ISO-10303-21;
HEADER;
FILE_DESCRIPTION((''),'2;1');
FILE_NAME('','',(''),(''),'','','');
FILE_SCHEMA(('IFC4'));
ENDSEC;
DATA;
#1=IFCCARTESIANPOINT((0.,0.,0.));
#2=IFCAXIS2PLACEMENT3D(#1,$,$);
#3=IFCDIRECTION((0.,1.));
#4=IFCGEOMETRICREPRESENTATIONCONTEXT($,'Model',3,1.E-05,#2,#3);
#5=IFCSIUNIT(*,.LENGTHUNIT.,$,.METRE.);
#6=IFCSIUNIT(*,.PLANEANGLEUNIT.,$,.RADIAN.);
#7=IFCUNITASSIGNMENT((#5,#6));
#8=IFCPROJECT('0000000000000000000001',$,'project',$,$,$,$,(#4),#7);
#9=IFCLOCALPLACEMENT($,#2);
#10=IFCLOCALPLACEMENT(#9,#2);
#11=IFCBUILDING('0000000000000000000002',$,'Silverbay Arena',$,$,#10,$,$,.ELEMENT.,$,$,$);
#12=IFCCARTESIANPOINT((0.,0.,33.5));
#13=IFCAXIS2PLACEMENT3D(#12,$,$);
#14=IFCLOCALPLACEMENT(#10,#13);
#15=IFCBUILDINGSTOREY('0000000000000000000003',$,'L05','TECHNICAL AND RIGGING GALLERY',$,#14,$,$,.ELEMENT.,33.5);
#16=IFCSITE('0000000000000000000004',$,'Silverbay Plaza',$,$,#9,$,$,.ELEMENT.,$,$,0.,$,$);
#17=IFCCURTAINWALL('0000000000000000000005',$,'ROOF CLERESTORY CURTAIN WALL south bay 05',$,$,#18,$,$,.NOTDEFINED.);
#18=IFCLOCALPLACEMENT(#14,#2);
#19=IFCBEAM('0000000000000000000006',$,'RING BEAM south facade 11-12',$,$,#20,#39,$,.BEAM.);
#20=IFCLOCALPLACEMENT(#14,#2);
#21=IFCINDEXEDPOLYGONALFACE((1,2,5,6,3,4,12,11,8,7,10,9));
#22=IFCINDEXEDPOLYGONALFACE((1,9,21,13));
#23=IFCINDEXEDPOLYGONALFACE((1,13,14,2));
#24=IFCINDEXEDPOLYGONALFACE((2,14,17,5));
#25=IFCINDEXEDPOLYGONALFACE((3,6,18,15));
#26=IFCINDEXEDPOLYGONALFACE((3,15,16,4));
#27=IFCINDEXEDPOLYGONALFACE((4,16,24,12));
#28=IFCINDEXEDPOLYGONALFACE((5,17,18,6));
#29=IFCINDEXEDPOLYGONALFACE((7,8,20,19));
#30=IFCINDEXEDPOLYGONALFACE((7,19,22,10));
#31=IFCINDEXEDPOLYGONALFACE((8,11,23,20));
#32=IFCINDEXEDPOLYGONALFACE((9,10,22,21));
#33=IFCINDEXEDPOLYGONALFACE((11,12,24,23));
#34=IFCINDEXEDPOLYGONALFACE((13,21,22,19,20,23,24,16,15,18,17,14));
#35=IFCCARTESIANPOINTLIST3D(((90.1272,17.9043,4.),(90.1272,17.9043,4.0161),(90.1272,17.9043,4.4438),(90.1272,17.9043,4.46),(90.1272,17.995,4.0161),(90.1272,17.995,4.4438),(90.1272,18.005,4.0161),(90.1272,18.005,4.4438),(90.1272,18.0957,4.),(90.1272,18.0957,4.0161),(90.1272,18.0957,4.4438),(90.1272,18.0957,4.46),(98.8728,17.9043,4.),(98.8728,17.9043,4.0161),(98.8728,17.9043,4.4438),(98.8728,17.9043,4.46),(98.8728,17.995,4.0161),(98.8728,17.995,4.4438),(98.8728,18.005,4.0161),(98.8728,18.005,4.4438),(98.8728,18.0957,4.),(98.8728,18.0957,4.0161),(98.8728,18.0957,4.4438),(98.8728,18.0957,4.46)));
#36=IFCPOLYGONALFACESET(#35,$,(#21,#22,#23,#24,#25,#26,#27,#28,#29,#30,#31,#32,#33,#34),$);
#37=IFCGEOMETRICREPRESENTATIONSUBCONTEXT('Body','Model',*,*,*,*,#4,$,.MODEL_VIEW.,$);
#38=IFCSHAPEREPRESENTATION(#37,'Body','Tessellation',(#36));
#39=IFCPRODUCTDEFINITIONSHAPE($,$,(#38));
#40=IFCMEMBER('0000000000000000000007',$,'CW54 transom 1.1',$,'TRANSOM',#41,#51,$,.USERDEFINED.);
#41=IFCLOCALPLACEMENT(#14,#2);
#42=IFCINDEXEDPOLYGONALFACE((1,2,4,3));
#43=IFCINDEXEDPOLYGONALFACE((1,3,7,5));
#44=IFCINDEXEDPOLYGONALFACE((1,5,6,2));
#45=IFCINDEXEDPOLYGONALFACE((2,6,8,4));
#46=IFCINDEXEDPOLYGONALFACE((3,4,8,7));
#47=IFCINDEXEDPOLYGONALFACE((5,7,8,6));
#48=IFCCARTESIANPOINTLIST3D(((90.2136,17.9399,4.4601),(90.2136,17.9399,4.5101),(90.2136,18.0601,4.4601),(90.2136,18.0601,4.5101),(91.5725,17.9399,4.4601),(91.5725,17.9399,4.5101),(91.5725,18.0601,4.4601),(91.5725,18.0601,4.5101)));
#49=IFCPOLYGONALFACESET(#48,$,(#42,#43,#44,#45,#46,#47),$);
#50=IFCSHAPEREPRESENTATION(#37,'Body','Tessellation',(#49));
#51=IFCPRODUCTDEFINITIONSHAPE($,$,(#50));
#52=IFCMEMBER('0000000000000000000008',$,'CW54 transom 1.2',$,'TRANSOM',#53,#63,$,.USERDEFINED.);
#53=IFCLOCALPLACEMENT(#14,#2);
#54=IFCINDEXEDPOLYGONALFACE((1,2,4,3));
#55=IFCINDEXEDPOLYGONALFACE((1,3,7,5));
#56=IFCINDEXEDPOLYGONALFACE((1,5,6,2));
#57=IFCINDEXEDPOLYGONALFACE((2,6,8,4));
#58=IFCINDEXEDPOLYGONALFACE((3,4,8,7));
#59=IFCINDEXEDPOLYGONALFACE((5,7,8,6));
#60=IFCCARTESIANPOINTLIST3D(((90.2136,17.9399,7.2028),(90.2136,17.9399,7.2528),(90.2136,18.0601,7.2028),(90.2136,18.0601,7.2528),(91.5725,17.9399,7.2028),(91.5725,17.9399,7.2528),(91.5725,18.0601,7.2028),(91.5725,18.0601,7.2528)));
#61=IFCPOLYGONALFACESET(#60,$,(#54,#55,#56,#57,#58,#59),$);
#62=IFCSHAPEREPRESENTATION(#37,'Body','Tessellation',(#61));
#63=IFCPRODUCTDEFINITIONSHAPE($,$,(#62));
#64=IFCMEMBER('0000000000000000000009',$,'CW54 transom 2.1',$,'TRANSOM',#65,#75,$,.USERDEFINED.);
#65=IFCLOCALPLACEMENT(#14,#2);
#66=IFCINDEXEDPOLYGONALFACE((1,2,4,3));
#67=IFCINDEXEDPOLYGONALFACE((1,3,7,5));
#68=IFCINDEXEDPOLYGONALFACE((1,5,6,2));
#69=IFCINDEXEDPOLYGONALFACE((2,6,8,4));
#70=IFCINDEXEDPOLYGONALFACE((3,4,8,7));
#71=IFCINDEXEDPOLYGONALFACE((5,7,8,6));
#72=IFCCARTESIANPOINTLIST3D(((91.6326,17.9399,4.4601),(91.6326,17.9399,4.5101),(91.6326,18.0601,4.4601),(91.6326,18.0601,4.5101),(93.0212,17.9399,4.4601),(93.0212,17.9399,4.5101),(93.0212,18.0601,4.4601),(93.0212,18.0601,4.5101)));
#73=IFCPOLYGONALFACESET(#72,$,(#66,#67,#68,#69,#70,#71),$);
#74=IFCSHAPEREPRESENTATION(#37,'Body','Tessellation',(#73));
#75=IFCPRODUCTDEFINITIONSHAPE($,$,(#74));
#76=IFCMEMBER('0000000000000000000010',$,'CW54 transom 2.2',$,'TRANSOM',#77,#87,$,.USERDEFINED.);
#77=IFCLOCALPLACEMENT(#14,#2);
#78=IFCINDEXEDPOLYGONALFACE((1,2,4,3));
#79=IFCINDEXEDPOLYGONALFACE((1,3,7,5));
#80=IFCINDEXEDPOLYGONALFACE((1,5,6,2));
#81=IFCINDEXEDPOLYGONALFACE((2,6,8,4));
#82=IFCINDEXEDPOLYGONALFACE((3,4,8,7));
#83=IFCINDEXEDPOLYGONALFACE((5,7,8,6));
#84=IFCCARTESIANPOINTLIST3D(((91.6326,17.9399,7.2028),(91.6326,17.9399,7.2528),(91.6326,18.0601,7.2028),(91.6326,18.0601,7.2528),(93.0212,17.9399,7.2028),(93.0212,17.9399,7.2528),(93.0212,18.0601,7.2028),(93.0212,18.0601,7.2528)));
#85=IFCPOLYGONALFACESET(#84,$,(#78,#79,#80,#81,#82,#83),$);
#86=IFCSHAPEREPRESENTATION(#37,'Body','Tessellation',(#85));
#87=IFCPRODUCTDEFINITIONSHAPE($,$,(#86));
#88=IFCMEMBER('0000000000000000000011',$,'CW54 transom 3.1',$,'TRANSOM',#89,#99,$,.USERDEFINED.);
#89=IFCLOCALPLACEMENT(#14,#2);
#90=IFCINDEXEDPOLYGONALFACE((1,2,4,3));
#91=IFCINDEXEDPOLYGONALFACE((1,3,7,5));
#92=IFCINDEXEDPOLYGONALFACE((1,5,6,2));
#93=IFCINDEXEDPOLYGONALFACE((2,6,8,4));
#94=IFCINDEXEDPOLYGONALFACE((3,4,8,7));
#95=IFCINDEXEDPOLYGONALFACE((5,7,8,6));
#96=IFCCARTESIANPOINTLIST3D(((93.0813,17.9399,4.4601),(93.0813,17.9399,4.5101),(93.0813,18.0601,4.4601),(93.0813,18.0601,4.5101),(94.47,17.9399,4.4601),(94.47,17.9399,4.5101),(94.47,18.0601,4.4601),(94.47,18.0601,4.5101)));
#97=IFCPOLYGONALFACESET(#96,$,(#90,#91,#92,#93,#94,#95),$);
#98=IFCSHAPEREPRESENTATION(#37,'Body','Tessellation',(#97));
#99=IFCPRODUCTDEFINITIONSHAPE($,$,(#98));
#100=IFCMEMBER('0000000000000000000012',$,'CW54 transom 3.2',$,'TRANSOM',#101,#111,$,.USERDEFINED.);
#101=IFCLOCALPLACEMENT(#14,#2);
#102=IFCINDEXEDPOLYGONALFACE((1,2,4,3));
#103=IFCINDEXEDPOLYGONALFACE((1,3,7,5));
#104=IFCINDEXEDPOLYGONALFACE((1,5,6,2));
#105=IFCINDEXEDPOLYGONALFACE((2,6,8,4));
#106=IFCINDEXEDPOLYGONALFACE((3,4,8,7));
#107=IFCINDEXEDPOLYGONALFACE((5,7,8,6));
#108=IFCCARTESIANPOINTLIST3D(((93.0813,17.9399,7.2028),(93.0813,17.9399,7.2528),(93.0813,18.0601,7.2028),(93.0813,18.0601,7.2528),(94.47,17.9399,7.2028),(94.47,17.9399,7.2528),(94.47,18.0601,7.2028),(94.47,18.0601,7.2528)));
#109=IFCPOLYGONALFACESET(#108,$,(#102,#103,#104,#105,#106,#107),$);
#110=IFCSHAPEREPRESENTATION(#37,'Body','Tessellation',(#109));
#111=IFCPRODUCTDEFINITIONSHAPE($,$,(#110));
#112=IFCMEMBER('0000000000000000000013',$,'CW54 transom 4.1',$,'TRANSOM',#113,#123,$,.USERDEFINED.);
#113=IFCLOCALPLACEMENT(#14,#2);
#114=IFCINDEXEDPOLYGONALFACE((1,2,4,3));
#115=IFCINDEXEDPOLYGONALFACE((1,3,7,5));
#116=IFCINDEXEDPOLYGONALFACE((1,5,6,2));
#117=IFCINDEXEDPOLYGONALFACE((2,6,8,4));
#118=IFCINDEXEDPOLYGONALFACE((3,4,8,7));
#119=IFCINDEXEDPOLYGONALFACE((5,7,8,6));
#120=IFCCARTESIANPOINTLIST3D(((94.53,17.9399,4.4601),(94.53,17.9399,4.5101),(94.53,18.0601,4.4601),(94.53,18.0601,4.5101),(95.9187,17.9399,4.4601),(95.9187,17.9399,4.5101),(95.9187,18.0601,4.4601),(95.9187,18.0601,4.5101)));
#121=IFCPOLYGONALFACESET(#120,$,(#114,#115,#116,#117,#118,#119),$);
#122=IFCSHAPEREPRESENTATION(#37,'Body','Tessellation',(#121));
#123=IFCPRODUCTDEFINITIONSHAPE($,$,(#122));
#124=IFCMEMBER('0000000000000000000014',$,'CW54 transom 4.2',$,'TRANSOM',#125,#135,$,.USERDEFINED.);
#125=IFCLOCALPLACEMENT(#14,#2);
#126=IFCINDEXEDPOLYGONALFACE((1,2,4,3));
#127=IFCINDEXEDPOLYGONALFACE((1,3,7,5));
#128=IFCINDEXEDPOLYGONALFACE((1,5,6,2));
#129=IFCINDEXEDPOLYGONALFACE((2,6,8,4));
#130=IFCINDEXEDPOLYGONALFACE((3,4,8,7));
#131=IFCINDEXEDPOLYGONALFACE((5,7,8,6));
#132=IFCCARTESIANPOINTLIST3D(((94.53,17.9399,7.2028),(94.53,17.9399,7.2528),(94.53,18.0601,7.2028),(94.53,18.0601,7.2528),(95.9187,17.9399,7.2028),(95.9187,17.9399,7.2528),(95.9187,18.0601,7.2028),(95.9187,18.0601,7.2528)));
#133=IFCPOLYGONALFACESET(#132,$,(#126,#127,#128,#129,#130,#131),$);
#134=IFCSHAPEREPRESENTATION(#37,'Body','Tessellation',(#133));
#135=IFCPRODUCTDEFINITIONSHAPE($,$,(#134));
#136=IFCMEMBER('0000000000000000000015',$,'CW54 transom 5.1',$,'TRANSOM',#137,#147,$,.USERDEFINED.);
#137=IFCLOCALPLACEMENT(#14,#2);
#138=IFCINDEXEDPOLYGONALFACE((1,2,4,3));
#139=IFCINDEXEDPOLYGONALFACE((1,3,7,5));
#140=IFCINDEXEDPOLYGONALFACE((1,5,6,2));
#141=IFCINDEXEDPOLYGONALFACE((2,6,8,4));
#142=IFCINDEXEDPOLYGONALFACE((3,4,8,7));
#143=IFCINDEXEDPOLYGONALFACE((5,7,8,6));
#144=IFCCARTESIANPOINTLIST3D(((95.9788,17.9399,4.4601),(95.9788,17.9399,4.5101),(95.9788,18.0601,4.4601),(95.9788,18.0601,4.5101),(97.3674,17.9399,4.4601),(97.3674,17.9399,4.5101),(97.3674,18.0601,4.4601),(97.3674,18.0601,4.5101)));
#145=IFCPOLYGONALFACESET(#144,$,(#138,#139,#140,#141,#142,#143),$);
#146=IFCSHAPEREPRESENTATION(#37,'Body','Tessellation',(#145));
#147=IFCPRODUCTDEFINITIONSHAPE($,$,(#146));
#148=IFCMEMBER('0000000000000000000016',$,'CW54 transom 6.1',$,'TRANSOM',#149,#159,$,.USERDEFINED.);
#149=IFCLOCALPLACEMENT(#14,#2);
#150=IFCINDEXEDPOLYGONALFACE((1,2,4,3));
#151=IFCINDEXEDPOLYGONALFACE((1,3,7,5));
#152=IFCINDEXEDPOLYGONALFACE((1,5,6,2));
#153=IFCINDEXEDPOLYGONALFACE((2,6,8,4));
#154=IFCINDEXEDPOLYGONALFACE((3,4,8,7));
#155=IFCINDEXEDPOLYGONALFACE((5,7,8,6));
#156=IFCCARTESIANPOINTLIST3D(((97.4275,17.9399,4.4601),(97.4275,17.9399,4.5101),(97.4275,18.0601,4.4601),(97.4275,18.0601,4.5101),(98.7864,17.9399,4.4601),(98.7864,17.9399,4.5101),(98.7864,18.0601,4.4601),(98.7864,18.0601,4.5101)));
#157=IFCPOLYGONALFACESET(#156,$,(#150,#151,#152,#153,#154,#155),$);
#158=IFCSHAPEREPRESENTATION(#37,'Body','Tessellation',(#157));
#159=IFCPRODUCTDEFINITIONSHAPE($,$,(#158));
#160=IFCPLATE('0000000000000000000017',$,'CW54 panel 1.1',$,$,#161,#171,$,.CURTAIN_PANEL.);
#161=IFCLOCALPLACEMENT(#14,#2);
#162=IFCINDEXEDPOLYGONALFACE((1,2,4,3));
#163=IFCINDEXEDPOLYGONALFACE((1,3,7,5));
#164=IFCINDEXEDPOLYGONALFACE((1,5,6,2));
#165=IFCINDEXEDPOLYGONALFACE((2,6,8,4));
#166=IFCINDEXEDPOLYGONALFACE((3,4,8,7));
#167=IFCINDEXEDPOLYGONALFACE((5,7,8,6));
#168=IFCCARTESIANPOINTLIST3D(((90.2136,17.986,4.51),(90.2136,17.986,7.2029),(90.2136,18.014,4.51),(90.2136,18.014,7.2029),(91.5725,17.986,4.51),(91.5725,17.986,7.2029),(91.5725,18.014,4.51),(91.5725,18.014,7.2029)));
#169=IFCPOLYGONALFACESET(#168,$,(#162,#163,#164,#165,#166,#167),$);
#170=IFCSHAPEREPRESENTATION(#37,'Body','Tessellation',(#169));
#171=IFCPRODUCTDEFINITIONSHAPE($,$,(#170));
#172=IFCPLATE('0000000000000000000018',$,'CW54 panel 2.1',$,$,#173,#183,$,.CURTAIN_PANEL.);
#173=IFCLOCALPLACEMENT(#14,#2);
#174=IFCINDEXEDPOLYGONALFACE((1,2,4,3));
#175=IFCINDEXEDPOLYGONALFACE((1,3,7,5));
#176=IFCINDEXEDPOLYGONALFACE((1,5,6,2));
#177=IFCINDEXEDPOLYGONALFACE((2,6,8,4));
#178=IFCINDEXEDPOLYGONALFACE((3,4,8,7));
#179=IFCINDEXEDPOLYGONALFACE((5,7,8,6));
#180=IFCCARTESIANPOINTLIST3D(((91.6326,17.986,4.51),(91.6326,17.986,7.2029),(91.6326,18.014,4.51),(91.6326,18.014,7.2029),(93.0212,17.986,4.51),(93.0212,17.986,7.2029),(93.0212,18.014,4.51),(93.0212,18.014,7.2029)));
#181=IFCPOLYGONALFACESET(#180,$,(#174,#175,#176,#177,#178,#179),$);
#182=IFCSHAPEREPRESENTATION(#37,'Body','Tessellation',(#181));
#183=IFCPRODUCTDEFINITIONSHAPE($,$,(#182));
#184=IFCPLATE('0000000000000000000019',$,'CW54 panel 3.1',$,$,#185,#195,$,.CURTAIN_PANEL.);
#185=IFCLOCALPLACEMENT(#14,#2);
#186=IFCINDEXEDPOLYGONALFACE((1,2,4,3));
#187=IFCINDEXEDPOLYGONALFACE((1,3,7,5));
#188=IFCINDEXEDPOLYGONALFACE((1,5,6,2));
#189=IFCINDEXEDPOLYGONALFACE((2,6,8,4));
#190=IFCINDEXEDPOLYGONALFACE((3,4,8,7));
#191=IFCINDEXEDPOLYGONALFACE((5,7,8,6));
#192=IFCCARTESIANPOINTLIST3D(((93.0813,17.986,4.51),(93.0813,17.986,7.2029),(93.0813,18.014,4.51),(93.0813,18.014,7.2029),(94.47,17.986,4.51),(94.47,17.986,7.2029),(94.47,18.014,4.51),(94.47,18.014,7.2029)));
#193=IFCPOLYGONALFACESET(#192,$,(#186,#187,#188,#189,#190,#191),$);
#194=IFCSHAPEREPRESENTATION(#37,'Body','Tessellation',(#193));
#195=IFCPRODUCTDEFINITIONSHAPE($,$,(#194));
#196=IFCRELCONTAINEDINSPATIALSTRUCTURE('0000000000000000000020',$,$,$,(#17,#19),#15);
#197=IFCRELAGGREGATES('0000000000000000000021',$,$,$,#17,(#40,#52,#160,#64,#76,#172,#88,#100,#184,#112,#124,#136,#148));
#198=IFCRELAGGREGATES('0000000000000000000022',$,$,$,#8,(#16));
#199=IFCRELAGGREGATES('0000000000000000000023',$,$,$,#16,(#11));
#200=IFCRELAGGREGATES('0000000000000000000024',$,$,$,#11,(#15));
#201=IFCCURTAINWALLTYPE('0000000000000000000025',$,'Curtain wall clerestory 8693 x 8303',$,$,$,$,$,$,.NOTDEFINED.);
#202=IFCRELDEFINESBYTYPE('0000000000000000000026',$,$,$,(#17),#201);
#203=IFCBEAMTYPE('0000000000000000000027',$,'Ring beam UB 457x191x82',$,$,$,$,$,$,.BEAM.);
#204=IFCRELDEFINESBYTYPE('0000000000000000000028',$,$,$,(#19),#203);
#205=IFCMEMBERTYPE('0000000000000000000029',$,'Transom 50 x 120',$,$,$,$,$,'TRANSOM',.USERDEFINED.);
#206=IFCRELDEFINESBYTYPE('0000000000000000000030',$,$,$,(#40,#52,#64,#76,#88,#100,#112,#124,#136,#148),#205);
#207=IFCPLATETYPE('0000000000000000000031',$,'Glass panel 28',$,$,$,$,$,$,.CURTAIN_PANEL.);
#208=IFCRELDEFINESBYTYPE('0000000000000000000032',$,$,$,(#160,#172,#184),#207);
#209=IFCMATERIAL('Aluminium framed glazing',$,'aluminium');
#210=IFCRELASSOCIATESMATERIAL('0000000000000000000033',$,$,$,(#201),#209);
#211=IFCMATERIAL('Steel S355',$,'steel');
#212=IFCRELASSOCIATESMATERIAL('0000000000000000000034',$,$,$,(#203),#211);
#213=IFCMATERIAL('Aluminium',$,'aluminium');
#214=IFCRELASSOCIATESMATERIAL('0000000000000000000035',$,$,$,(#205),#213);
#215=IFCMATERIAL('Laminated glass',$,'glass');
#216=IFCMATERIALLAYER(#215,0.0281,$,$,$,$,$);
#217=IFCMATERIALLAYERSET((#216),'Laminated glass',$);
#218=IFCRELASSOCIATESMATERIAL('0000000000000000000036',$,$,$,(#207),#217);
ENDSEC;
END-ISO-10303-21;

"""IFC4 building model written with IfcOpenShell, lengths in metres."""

from ifc_helpers import new_model, si_unit, direction, frame, origin, origin_2d, place, context, subcontext, project, spatial, rectangle, i_section, extrude, material, layer, layer_set, material_profile, profile_set, type_object, element, aggregate, save


model = new_model("IFC4")

# Units and contexts
model_context = context("Model", 3, precision=1e-05, world=origin(), true_north=direction((0.0, 1.0)))
body_context = subcontext(model_context, "Body", "Model", "MODEL_VIEW")
ifc_project = project(units=[si_unit("LENGTHUNIT", "METRE"), si_unit("PLANEANGLEUNIT", "RADIAN")], contexts=[model_context])

# Site, building, storey
site_placement = place(None, origin())
site = spatial("IfcSite", under=ifc_project, at=site_placement, Name="Silverbay Plaza", CompositionType="ELEMENT", RefElevation=0.0)
building_placement = place(site_placement, origin())
building = spatial("IfcBuilding", under=site, at=building_placement, Name="Silverbay Arena", CompositionType="ELEMENT")
storey_placement = place(building_placement, frame((0.0, 0.0, 33.5)))
storey = spatial("IfcBuildingStorey", under=building, at=storey_placement, Name="L05", Description="TECHNICAL AND RIGGING GALLERY", CompositionType="ELEMENT", Elevation=33.5)

# Curtain wall
ifc_material_1 = material(Name="Aluminium framed glazing", Category="aluminium")
curtain_wall_type = type_object("IfcCurtainWallType", Name="Curtain wall clerestory 8693 x 8303", PredefinedType="NOTDEFINED", material=ifc_material_1)
curtain_wall_placement = place(storey_placement, origin())
curtain_wall = element("IfcCurtainWall", 1, at=curtain_wall_placement, inside=storey, type_object=curtain_wall_type, Name="ROOF CLERESTORY CURTAIN WALL south bay 05", PredefinedType="NOTDEFINED")

# Beam
ifc_material_2 = material(Name="Steel S355", Category="steel")
ifc_material_profile_1 = material_profile(ifc_material_2, i_section(OverallWidth=0.1914, OverallDepth=0.46, WebThickness=0.01, FlangeThickness=0.0161, at=origin_2d()), Name="UB 457x191x82")
ifc_profile_set_1 = profile_set([ifc_material_profile_1], Name="Steel S355")
beam_type_1 = type_object("IfcBeamType", Name="Ring beam UB 457x191x82", PredefinedType="BEAM", material=ifc_profile_set_1)
beam_1_placement = place(storey_placement, frame((90.1272, 18.0, 4.23), z_axis=(1.0, 0.0, 0.0), x_axis=(0.0, 1.0, 0.0)))
element("IfcBeam", 2, at=beam_1_placement, inside=storey, type_object=beam_type_1, Name="RING BEAM south facade 11-12", PredefinedType="BEAM", context=body_context, shape_type="SweptSolid", body=[
    extrude(i_section(OverallWidth=0.1914, OverallDepth=0.46, WebThickness=0.01, FlangeThickness=0.0161, at=origin_2d()), origin(), (0.0, 0.0, 1.0), 8.7456),
])

# Members
ifc_material_3 = material(Name="Aluminium", Category="aluminium")
ifc_material_profile_2 = material_profile(ifc_material_3, rectangle(XDim=0.1201, YDim=0.05, at=origin_2d()), Name="Transom 50 x 120")
ifc_profile_set_2 = profile_set([ifc_material_profile_2], Name="Aluminium")
member_type_1 = type_object("IfcMemberType", Name="Transom 50 x 120", ElementType="TRANSOM", PredefinedType="USERDEFINED", material=ifc_profile_set_2)
member_1_placement = place(storey_placement, frame((90.2136, 18.0, 4.4851), z_axis=(1.0, 0.0, 0.0), x_axis=(0.0, 1.0, 0.0)))
member_1 = element("IfcMember", 3, at=member_1_placement, type_object=member_type_1, Name="CW54 transom 1.1", ObjectType="TRANSOM", PredefinedType="USERDEFINED", context=body_context, shape_type="SweptSolid", body=[
    extrude(rectangle(XDim=0.1201, YDim=0.05, at=origin_2d()), origin(), (0.0, 0.0, 1.0), 1.3589),
])
member_2_placement = place(storey_placement, frame((90.2136, 18.0, 7.2278), z_axis=(1.0, 0.0, 0.0), x_axis=(0.0, 1.0, 0.0)))
member_2 = element("IfcMember", 4, at=member_2_placement, type_object=member_type_1, Name="CW54 transom 1.2", ObjectType="TRANSOM", PredefinedType="USERDEFINED", context=body_context, shape_type="SweptSolid", body=[
    extrude(rectangle(XDim=0.1201, YDim=0.05, at=origin_2d()), origin(), (0.0, 0.0, 1.0), 1.3589),
])
member_3_placement = place(storey_placement, frame((91.6326, 18.0, 4.4851), z_axis=(1.0, 0.0, 0.0), x_axis=(0.0, 1.0, 0.0)))
member_3 = element("IfcMember", 5, at=member_3_placement, type_object=member_type_1, Name="CW54 transom 2.1", ObjectType="TRANSOM", PredefinedType="USERDEFINED", context=body_context, shape_type="SweptSolid", body=[
    extrude(rectangle(XDim=0.1201, YDim=0.05, at=origin_2d()), origin(), (0.0, 0.0, 1.0), 1.3887),
])
member_4_placement = place(storey_placement, frame((91.6326, 18.0, 7.2278), z_axis=(1.0, 0.0, 0.0), x_axis=(0.0, 1.0, 0.0)))
member_4 = element("IfcMember", 6, at=member_4_placement, type_object=member_type_1, Name="CW54 transom 2.2", ObjectType="TRANSOM", PredefinedType="USERDEFINED", context=body_context, shape_type="SweptSolid", body=[
    extrude(rectangle(XDim=0.1201, YDim=0.05, at=origin_2d()), origin(), (0.0, 0.0, 1.0), 1.3887),
])
member_5_placement = place(storey_placement, frame((93.0813, 18.0, 4.4851), z_axis=(1.0, 0.0, 0.0), x_axis=(0.0, 1.0, 0.0)))
member_5 = element("IfcMember", 7, at=member_5_placement, type_object=member_type_1, Name="CW54 transom 3.1", ObjectType="TRANSOM", PredefinedType="USERDEFINED", context=body_context, shape_type="SweptSolid", body=[
    extrude(rectangle(XDim=0.1201, YDim=0.05, at=origin_2d()), origin(), (0.0, 0.0, 1.0), 1.3887),
])
member_6_placement = place(storey_placement, frame((93.0813, 18.0, 7.2278), z_axis=(1.0, 0.0, 0.0), x_axis=(0.0, 1.0, 0.0)))
member_6 = element("IfcMember", 8, at=member_6_placement, type_object=member_type_1, Name="CW54 transom 3.2", ObjectType="TRANSOM", PredefinedType="USERDEFINED", context=body_context, shape_type="SweptSolid", body=[
    extrude(rectangle(XDim=0.1201, YDim=0.05, at=origin_2d()), origin(), (0.0, 0.0, 1.0), 1.3887),
])
member_7_placement = place(storey_placement, frame((94.53, 18.0, 4.4851), z_axis=(1.0, 0.0, 0.0), x_axis=(0.0, 1.0, 0.0)))
member_7 = element("IfcMember", 9, at=member_7_placement, type_object=member_type_1, Name="CW54 transom 4.1", ObjectType="TRANSOM", PredefinedType="USERDEFINED", context=body_context, shape_type="SweptSolid", body=[
    extrude(rectangle(XDim=0.1201, YDim=0.05, at=origin_2d()), origin(), (0.0, 0.0, 1.0), 1.3887),
])
member_8_placement = place(storey_placement, frame((94.53, 18.0, 7.2278), z_axis=(1.0, 0.0, 0.0), x_axis=(0.0, 1.0, 0.0)))
member_8 = element("IfcMember", 10, at=member_8_placement, type_object=member_type_1, Name="CW54 transom 4.2", ObjectType="TRANSOM", PredefinedType="USERDEFINED", context=body_context, shape_type="SweptSolid", body=[
    extrude(rectangle(XDim=0.1201, YDim=0.05, at=origin_2d()), origin(), (0.0, 0.0, 1.0), 1.3887),
])
member_9_placement = place(storey_placement, frame((95.9788, 18.0, 4.4851), z_axis=(1.0, 0.0, 0.0), x_axis=(0.0, 1.0, 0.0)))
member_9 = element("IfcMember", 11, at=member_9_placement, type_object=member_type_1, Name="CW54 transom 5.1", ObjectType="TRANSOM", PredefinedType="USERDEFINED", context=body_context, shape_type="SweptSolid", body=[
    extrude(rectangle(XDim=0.1201, YDim=0.05, at=origin_2d()), origin(), (0.0, 0.0, 1.0), 1.3887),
])
member_10_placement = place(storey_placement, frame((97.4275, 18.0, 4.4851), z_axis=(1.0, 0.0, 0.0), x_axis=(0.0, 1.0, 0.0)))
member_10 = element("IfcMember", 12, at=member_10_placement, type_object=member_type_1, Name="CW54 transom 6.1", ObjectType="TRANSOM", PredefinedType="USERDEFINED", context=body_context, shape_type="SweptSolid", body=[
    extrude(rectangle(XDim=0.1201, YDim=0.05, at=origin_2d()), origin(), (0.0, 0.0, 1.0), 1.3589),
])

# Plates
ifc_material_4 = material(Name="Laminated glass", Category="glass")
ifc_layer = layer(ifc_material_4, 0.0281)
ifc_layer_set = layer_set([ifc_layer], Name="Laminated glass")
plate_type = type_object("IfcPlateType", Name="Glass panel 28", PredefinedType="CURTAIN_PANEL", material=ifc_layer_set)
plate_1_placement = place(storey_placement, frame((90.8931, 18.0, 4.51), z_axis=(0.0, 0.0, 1.0), x_axis=(1.0, 0.0, 0.0)))
plate_1 = element("IfcPlate", 13, at=plate_1_placement, type_object=plate_type, Name="CW54 panel 1.1", PredefinedType="CURTAIN_PANEL", context=body_context, shape_type="SweptSolid", body=[
    extrude(rectangle(XDim=1.3589, YDim=0.0281, at=origin_2d()), origin(), (0.0, 0.0, 1.0), 2.6929),
])
plate_2_placement = place(storey_placement, frame((92.3269, 18.0, 4.51), z_axis=(0.0, 0.0, 1.0), x_axis=(1.0, 0.0, 0.0)))
plate_2 = element("IfcPlate", 14, at=plate_2_placement, type_object=plate_type, Name="CW54 panel 2.1", PredefinedType="CURTAIN_PANEL", context=body_context, shape_type="SweptSolid", body=[
    extrude(rectangle(XDim=1.3887, YDim=0.0281, at=origin_2d()), origin(), (0.0, 0.0, 1.0), 2.6929),
])
plate_3_placement = place(storey_placement, frame((93.7756, 18.0, 4.51), z_axis=(0.0, 0.0, 1.0), x_axis=(1.0, 0.0, 0.0)))
plate_3 = element("IfcPlate", 15, at=plate_3_placement, type_object=plate_type, Name="CW54 panel 3.1", PredefinedType="CURTAIN_PANEL", context=body_context, shape_type="SweptSolid", body=[
    extrude(rectangle(XDim=1.3887, YDim=0.0281, at=origin_2d()), origin(), (0.0, 0.0, 1.0), 2.6929),
])
aggregate(curtain_wall, [member_1, member_2, plate_1, member_3, member_4, plate_2, member_5, member_6, plate_3, member_7, member_8, member_9, member_10])

save(model, "model.ifc")
